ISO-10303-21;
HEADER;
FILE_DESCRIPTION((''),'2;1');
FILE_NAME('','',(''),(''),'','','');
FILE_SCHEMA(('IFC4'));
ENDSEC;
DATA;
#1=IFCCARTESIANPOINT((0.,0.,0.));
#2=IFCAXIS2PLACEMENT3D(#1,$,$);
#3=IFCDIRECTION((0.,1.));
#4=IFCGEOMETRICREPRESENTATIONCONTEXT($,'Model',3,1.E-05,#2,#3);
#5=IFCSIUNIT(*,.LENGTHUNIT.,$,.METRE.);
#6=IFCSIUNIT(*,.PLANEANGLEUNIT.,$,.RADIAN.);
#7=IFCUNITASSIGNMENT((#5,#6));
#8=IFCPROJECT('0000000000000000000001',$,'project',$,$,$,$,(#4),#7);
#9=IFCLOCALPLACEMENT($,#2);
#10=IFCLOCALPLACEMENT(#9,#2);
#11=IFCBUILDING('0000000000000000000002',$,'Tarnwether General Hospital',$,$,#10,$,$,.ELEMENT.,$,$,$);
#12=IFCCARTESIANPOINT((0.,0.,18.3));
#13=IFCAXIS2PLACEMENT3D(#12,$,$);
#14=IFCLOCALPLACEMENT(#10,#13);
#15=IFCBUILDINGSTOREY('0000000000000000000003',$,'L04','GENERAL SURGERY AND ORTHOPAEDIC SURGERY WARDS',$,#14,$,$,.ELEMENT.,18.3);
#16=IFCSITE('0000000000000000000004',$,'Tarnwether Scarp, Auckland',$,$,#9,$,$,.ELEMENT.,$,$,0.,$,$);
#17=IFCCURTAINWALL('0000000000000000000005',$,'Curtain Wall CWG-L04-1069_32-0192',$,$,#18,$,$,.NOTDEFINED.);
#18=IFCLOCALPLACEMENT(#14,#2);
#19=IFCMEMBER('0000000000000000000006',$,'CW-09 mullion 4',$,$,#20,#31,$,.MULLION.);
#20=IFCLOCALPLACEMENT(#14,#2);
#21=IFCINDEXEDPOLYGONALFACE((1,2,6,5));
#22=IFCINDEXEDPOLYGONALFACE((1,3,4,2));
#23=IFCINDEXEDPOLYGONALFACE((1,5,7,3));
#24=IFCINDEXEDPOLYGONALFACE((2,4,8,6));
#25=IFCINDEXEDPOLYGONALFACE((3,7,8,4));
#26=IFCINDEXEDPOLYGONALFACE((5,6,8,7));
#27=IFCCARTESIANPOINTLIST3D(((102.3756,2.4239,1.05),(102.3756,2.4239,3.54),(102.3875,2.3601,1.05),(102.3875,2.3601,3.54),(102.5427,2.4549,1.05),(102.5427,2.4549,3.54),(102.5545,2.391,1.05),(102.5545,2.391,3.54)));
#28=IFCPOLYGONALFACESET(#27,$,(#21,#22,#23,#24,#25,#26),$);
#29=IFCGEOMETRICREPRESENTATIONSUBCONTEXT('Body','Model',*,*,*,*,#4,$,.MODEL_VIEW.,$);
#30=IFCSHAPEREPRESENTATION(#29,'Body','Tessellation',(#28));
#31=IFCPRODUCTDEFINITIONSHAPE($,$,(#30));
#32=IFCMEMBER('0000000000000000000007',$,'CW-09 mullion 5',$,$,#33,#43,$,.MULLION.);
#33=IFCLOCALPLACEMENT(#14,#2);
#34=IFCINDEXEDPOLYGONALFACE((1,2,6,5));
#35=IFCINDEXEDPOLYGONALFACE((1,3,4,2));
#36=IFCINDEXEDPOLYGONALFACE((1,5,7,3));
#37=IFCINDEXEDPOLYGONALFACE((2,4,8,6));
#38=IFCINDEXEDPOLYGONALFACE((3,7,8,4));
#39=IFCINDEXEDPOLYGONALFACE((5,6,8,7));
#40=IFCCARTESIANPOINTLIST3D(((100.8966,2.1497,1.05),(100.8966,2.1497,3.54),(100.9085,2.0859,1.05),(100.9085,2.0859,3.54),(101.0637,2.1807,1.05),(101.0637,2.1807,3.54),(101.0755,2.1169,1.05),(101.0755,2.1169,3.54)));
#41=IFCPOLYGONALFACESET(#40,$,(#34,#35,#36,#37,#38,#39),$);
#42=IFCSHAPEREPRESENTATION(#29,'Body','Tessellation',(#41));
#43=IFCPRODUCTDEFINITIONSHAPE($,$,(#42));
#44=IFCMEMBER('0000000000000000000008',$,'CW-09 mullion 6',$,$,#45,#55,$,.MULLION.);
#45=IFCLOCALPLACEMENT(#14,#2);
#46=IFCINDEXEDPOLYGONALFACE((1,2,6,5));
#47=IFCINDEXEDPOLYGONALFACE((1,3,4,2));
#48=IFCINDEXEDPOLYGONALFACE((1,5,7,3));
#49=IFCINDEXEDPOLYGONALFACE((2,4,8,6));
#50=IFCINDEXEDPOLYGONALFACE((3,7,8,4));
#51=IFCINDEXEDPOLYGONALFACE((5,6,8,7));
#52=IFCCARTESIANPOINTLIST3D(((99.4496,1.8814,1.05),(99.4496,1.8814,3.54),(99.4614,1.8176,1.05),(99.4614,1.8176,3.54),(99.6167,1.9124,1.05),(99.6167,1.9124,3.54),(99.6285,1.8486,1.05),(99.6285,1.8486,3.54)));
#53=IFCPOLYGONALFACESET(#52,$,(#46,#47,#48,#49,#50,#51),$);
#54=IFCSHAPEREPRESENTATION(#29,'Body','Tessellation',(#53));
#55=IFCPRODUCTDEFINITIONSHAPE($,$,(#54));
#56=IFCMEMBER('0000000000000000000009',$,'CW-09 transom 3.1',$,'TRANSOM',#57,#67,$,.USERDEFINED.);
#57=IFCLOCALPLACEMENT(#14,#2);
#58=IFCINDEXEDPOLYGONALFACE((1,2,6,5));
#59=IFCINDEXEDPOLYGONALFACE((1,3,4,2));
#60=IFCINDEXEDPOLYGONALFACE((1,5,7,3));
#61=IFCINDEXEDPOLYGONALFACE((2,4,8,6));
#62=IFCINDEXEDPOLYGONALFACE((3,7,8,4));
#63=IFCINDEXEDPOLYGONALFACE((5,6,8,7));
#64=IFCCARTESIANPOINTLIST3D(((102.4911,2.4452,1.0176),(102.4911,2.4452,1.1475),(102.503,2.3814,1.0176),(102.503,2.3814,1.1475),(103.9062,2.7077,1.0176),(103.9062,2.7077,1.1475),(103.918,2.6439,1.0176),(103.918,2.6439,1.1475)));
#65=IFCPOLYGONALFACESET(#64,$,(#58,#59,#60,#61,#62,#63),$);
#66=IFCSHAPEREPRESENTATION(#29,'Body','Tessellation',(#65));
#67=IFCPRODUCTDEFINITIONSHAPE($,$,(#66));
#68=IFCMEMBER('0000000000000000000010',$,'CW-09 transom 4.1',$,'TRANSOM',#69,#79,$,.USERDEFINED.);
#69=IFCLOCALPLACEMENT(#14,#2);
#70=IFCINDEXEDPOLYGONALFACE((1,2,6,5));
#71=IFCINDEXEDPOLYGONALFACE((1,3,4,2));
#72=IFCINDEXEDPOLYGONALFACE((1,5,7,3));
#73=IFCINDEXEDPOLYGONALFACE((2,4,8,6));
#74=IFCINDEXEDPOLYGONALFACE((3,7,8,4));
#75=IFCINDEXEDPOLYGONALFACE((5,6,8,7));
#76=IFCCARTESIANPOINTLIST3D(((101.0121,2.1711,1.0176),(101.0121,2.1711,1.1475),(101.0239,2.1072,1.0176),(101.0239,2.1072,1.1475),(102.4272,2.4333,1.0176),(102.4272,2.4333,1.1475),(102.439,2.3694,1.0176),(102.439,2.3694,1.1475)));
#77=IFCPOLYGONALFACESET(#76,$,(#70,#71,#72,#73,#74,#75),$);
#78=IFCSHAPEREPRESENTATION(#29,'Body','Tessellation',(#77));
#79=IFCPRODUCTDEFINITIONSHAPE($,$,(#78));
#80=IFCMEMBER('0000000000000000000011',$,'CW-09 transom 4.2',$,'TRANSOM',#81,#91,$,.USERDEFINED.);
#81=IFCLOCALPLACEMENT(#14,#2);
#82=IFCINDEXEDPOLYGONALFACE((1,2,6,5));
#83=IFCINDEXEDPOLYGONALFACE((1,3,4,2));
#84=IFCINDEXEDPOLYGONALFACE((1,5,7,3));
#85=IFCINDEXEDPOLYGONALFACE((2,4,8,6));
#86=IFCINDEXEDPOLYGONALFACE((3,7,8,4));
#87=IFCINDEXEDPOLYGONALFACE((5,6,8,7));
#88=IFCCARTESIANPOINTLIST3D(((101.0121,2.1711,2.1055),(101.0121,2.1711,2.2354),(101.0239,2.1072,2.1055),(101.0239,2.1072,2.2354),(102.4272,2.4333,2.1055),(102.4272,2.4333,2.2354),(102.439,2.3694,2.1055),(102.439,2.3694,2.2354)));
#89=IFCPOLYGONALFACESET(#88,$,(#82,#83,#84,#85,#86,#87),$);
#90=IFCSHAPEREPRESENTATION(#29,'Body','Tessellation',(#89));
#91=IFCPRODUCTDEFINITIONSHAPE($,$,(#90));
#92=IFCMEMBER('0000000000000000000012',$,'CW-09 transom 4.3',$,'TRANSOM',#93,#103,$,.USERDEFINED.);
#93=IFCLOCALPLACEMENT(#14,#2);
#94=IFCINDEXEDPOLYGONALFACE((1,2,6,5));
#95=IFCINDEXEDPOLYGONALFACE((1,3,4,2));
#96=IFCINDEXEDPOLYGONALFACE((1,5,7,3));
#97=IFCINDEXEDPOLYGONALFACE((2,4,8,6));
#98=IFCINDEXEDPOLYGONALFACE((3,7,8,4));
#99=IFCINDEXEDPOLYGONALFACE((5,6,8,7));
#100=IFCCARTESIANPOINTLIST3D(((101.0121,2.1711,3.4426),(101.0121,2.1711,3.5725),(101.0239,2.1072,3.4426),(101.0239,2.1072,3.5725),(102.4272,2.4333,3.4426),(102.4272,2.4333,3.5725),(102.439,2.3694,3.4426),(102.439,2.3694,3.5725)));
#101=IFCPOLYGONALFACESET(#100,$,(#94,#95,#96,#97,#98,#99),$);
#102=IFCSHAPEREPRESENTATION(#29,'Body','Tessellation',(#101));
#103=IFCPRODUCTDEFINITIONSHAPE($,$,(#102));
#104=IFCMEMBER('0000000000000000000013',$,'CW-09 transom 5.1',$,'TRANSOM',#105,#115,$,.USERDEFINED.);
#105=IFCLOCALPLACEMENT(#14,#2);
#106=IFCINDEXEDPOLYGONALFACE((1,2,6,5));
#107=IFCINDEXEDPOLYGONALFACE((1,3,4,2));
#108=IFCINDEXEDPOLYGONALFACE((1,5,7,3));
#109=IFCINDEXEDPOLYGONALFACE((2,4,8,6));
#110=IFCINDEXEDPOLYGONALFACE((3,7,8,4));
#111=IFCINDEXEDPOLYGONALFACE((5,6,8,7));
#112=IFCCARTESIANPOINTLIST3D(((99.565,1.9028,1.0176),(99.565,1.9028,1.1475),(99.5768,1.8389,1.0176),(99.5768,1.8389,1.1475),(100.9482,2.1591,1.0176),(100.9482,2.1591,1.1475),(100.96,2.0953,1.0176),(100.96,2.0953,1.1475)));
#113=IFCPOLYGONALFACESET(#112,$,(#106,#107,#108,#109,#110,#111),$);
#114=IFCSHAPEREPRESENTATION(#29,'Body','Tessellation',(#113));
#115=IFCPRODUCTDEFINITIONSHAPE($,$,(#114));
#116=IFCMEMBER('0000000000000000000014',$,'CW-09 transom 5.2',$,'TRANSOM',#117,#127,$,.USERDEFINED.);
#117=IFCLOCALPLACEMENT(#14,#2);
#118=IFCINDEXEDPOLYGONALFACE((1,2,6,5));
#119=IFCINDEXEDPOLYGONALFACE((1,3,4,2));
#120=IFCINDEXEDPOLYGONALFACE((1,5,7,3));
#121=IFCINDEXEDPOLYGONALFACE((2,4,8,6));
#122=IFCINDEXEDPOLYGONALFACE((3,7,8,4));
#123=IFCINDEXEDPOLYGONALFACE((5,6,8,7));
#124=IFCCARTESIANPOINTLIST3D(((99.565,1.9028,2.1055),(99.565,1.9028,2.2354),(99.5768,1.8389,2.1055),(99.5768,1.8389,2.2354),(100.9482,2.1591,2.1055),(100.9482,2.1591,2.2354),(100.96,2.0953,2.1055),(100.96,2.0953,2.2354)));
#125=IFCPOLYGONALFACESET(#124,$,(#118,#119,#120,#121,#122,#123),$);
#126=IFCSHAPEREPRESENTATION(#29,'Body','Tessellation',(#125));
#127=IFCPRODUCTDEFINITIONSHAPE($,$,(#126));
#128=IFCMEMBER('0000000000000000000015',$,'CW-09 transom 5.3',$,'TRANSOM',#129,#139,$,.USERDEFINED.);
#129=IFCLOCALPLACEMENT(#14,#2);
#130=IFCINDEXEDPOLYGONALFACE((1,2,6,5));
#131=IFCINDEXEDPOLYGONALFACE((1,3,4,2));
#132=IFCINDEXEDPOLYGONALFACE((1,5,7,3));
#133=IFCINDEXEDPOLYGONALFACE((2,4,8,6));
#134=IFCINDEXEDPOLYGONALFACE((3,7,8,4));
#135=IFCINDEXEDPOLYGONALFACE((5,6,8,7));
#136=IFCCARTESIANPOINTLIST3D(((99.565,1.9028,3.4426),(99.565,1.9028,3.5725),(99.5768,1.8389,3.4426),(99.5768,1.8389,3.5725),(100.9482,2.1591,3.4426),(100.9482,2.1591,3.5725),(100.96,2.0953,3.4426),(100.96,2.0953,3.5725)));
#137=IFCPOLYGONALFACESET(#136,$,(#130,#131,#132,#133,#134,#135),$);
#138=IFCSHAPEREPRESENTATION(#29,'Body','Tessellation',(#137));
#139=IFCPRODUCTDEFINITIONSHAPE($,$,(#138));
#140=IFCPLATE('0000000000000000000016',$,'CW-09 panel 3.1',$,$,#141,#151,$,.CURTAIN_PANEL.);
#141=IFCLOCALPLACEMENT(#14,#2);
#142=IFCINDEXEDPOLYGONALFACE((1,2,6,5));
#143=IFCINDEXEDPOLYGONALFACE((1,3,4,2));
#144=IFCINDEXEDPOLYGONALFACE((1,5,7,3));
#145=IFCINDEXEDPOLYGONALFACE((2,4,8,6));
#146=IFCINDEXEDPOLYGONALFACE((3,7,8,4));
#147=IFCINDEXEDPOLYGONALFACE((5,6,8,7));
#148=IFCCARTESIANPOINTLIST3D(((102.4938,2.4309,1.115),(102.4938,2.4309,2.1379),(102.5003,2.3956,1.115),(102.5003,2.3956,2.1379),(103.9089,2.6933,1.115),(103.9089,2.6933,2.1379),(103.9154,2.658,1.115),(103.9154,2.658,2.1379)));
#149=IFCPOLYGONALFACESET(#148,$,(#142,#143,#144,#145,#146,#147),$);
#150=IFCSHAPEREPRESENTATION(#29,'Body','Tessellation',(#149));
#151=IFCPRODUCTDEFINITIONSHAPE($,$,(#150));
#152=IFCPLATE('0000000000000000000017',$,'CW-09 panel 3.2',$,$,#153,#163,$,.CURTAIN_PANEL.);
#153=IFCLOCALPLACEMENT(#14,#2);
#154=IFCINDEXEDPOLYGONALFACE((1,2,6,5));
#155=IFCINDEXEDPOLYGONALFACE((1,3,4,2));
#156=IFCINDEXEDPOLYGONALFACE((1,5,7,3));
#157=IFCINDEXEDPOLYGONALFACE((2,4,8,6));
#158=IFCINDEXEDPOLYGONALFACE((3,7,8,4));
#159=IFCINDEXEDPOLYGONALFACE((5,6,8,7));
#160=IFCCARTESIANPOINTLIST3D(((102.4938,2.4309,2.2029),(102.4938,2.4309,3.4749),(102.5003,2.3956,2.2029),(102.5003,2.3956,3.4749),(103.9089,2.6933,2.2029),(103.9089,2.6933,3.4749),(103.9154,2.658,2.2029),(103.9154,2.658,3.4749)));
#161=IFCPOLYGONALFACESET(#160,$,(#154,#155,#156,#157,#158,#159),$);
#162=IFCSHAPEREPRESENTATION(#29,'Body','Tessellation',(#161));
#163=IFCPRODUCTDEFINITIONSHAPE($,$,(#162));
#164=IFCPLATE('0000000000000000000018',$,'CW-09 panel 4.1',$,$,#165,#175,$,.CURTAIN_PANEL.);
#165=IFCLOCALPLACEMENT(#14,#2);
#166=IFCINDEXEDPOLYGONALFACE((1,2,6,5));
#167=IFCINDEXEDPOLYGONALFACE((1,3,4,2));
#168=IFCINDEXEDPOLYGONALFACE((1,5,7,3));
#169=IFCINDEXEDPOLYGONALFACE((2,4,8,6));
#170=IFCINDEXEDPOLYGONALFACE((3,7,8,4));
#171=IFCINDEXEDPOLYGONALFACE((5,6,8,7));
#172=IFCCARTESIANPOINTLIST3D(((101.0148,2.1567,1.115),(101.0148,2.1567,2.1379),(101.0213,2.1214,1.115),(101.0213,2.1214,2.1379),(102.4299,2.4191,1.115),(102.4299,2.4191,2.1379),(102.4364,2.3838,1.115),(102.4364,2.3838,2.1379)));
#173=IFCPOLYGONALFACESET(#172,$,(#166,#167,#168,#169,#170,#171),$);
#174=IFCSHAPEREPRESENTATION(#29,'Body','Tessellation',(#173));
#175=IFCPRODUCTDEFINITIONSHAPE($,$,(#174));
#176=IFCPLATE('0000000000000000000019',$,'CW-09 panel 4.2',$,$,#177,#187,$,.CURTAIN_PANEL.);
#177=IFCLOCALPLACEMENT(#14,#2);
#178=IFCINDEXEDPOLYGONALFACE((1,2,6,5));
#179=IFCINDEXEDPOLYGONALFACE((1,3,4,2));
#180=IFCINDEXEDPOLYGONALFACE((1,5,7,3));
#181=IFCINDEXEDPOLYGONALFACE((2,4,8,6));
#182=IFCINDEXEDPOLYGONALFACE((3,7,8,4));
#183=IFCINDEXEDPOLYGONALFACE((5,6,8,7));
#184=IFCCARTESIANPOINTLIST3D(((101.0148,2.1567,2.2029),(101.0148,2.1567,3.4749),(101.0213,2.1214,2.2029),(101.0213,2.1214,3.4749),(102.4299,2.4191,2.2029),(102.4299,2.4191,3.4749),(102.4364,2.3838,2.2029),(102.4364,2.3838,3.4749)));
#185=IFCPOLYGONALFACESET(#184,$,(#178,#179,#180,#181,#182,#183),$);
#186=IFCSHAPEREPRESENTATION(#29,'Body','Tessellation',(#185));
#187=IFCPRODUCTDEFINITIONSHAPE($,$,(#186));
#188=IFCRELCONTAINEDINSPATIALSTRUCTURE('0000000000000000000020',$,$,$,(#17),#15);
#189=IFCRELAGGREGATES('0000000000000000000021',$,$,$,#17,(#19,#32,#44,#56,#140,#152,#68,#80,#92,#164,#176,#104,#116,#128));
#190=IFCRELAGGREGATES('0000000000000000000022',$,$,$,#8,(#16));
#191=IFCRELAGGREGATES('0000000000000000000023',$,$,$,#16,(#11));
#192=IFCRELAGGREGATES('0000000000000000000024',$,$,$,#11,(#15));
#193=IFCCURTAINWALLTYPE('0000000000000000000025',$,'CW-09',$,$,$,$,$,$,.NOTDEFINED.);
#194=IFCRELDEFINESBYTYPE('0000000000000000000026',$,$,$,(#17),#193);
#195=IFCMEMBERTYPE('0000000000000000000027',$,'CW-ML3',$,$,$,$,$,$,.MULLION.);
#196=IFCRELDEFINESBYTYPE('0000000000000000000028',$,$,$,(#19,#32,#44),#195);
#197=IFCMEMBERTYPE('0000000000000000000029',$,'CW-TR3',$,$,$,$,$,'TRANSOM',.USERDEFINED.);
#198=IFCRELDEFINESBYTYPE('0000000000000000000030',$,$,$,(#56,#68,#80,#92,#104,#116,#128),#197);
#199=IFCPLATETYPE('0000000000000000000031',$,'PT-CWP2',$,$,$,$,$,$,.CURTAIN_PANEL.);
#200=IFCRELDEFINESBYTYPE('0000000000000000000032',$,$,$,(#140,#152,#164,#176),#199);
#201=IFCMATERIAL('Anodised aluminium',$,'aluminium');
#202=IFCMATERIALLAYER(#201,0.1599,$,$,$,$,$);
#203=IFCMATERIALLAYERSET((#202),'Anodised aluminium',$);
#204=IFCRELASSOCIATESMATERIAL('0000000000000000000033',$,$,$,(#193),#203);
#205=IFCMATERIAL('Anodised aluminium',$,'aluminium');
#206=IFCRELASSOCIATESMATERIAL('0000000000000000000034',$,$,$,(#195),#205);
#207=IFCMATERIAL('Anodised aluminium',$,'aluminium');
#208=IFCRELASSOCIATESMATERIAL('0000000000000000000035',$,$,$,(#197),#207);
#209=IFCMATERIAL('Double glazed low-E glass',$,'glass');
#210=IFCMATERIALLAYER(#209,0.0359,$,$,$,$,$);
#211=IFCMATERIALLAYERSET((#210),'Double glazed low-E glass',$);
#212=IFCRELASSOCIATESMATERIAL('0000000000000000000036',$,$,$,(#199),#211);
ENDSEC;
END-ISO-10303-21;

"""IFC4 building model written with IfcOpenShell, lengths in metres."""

from ifc_helpers import new_model, si_unit, direction, frame, origin, origin_2d, place, context, subcontext, project, spatial, rectangle, extrude, material, layer, layer_set, material_profile, profile_set, type_object, element, aggregate, save


model = new_model("IFC4")

# Units and contexts
model_context = context("Model", 3, precision=1e-05, world=origin(), true_north=direction((0.0, 1.0)))
body_context = subcontext(model_context, "Body", "Model", "MODEL_VIEW")
ifc_project = project(units=[si_unit("LENGTHUNIT", "METRE"), si_unit("PLANEANGLEUNIT", "RADIAN")], contexts=[model_context])

# Site, building, storey
site_placement = place(None, origin())
site = spatial("IfcSite", under=ifc_project, at=site_placement, Name="Tarnwether Scarp, Auckland", CompositionType="ELEMENT", RefElevation=0.0)
building_placement = place(site_placement, origin())
building = spatial("IfcBuilding", under=site, at=building_placement, Name="Tarnwether General Hospital", CompositionType="ELEMENT")
storey_placement = place(building_placement, frame((0.0, 0.0, 18.3)))
storey = spatial("IfcBuildingStorey", under=building, at=storey_placement, Name="L04", Description="GENERAL SURGERY AND ORTHOPAEDIC SURGERY WARDS", CompositionType="ELEMENT", Elevation=18.3)

# Curtain wall, members, plates
ifc_material_1 = material(Name="Anodised aluminium", Category="aluminium")
ifc_layer_1 = layer(ifc_material_1, 0.1599)
ifc_layer_set_1 = layer_set([ifc_layer_1], Name="Anodised aluminium")
curtain_wall_type = type_object("IfcCurtainWallType", Name="CW-09", PredefinedType="NOTDEFINED", material=ifc_layer_set_1)
curtain_wall_placement = place(storey_placement, origin())
curtain_wall = element("IfcCurtainWall", 1, at=curtain_wall_placement, inside=storey, type_object=curtain_wall_type, Name="Curtain Wall CWG-L04-1069_32-0192", PredefinedType="NOTDEFINED")
ifc_material_2 = material(Name="Anodised aluminium", Category="aluminium")
ifc_material_profile_1 = material_profile(ifc_material_2, rectangle(XDim=0.0649, YDim=0.1699, at=origin_2d()), Name="ALU-MUL-65x170")
ifc_profile_set_1 = profile_set([ifc_material_profile_1], Name="Anodised aluminium")
member_type_1 = type_object("IfcMemberType", Name="CW-ML3", PredefinedType="MULLION", material=ifc_profile_set_1)
member_1_placement = place(storey_placement, frame((102.4651, 2.4075, 1.05), z_axis=(0.0, 0.0, 1.0), x_axis=(0.182289, -0.983245, 0.0)))
member_1 = element("IfcMember", 2, at=member_1_placement, type_object=member_type_1, Name="CW-09 mullion 4", PredefinedType="MULLION", context=body_context, shape_type="SweptSolid", body=[
    extrude(rectangle(XDim=0.0649, YDim=0.1699, at=origin_2d()), origin(), (0.0, 0.0, 1.0), 2.49),
])
member_2_placement = place(storey_placement, frame((100.9861, 2.1333, 1.05), z_axis=(0.0, 0.0, 1.0), x_axis=(0.182289, -0.983245, 0.0)))
member_2 = element("IfcMember", 3, at=member_2_placement, type_object=member_type_1, Name="CW-09 mullion 5", PredefinedType="MULLION", context=body_context, shape_type="SweptSolid", body=[
    extrude(rectangle(XDim=0.0649, YDim=0.1699, at=origin_2d()), origin(), (0.0, 0.0, 1.0), 2.49),
])
member_3_placement = place(storey_placement, frame((99.5391, 1.865, 1.05), z_axis=(0.0, 0.0, 1.0), x_axis=(0.182289, -0.983245, 0.0)))
member_3 = element("IfcMember", 4, at=member_3_placement, type_object=member_type_1, Name="CW-09 mullion 6", PredefinedType="MULLION", context=body_context, shape_type="SweptSolid", body=[
    extrude(rectangle(XDim=0.0649, YDim=0.1699, at=origin_2d()), origin(), (0.0, 0.0, 1.0), 2.49),
])
ifc_material_3 = material(Name="Anodised aluminium", Category="aluminium")
ifc_material_profile_2 = material_profile(ifc_material_3, rectangle(XDim=0.0649, YDim=0.1299, at=origin_2d()), Name="ALU-TRN-65x130")
ifc_profile_set_2 = profile_set([ifc_material_profile_2], Name="Anodised aluminium")
member_type_2 = type_object("IfcMemberType", Name="CW-TR3", ElementType="TRANSOM", PredefinedType="USERDEFINED", material=ifc_profile_set_2)
member_4_placement = place(storey_placement, frame((103.9121, 2.6758, 1.0825), z_axis=(-0.983231, -0.182363, 0.0), x_axis=(0.182363, -0.983231, 0.0)))
member_4 = element("IfcMember", 5, at=member_4_placement, type_object=member_type_2, Name="CW-09 transom 3.1", ObjectType="TRANSOM", PredefinedType="USERDEFINED", context=body_context, shape_type="SweptSolid", body=[
    extrude(rectangle(XDim=0.0649, YDim=0.1299, at=origin_2d()), origin(), (0.0, 0.0, 1.0), 1.4392),
])
member_5_placement = place(storey_placement, frame((102.4331, 2.4014, 1.0825), z_axis=(-0.983262, -0.182199, 0.0), x_axis=(0.182199, -0.983262, 0.0)))
member_5 = element("IfcMember", 6, at=member_5_placement, type_object=member_type_2, Name="CW-09 transom 4.1", ObjectType="TRANSOM", PredefinedType="USERDEFINED", context=body_context, shape_type="SweptSolid", body=[
    extrude(rectangle(XDim=0.0649, YDim=0.1299, at=origin_2d()), origin(), (0.0, 0.0, 1.0), 1.4392),
])
member_6_placement = place(storey_placement, frame((102.4331, 2.4014, 2.1704), z_axis=(-0.983262, -0.182199, 0.0), x_axis=(0.182199, -0.983262, 0.0)))
member_6 = element("IfcMember", 7, at=member_6_placement, type_object=member_type_2, Name="CW-09 transom 4.2", ObjectType="TRANSOM", PredefinedType="USERDEFINED", context=body_context, shape_type="SweptSolid", body=[
    extrude(rectangle(XDim=0.0649, YDim=0.1299, at=origin_2d()), origin(), (0.0, 0.0, 1.0), 1.4392),
])
member_7_placement = place(storey_placement, frame((102.4331, 2.4014, 3.5076), z_axis=(-0.983262, -0.182199, 0.0), x_axis=(0.182199, -0.983262, 0.0)))
member_7 = element("IfcMember", 8, at=member_7_placement, type_object=member_type_2, Name="CW-09 transom 4.3", ObjectType="TRANSOM", PredefinedType="USERDEFINED", context=body_context, shape_type="SweptSolid", body=[
    extrude(rectangle(XDim=0.0649, YDim=0.1299, at=origin_2d()), origin(), (0.0, 0.0, 1.0), 1.4392),
])
member_8_placement = place(storey_placement, frame((100.9541, 2.1272, 1.0825), z_axis=(-0.983259, -0.182214, 0.0), x_axis=(0.182214, -0.983259, 0.0)))
member_8 = element("IfcMember", 9, at=member_8_placement, type_object=member_type_2, Name="CW-09 transom 5.1", ObjectType="TRANSOM", PredefinedType="USERDEFINED", context=body_context, shape_type="SweptSolid", body=[
    extrude(rectangle(XDim=0.0649, YDim=0.1299, at=origin_2d()), origin(), (0.0, 0.0, 1.0), 1.4067),
])
member_9_placement = place(storey_placement, frame((100.9541, 2.1272, 2.1704), z_axis=(-0.983259, -0.182214, 0.0), x_axis=(0.182214, -0.983259, 0.0)))
member_9 = element("IfcMember", 10, at=member_9_placement, type_object=member_type_2, Name="CW-09 transom 5.2", ObjectType="TRANSOM", PredefinedType="USERDEFINED", context=body_context, shape_type="SweptSolid", body=[
    extrude(rectangle(XDim=0.0649, YDim=0.1299, at=origin_2d()), origin(), (0.0, 0.0, 1.0), 1.4067),
])
member_10_placement = place(storey_placement, frame((100.9541, 2.1272, 3.5076), z_axis=(-0.983259, -0.182214, 0.0), x_axis=(0.182214, -0.983259, 0.0)))
member_10 = element("IfcMember", 11, at=member_10_placement, type_object=member_type_2, Name="CW-09 transom 5.3", ObjectType="TRANSOM", PredefinedType="USERDEFINED", context=body_context, shape_type="SweptSolid", body=[
    extrude(rectangle(XDim=0.0649, YDim=0.1299, at=origin_2d()), origin(), (0.0, 0.0, 1.0), 1.4067),
])
ifc_material_4 = material(Name="Double glazed low-E glass", Category="glass")
ifc_layer_2 = layer(ifc_material_4, 0.0359)
ifc_layer_set_2 = layer_set([ifc_layer_2], Name="Double glazed low-E glass")
plate_type = type_object("IfcPlateType", Name="PT-CWP2", PredefinedType="CURTAIN_PANEL", material=ifc_layer_set_2)
plate_1_placement = place(storey_placement, frame((103.2046, 2.5444, 1.115), z_axis=(0.0, 0.0, 1.0), x_axis=(-0.983245, -0.182289, 0.0)))
plate_1 = element("IfcPlate", 12, at=plate_1_placement, type_object=plate_type, Name="CW-09 panel 3.1", PredefinedType="CURTAIN_PANEL", context=body_context, shape_type="SweptSolid", body=[
    extrude(rectangle(XDim=1.4392, YDim=0.0359, at=origin_2d()), origin(), (0.0, 0.0, 1.0), 1.0229),
])
plate_2_placement = place(storey_placement, frame((103.2046, 2.5444, 2.2029), z_axis=(0.0, 0.0, 1.0), x_axis=(-0.983245, -0.182289, 0.0)))
plate_2 = element("IfcPlate", 13, at=plate_2_placement, type_object=plate_type, Name="CW-09 panel 3.2", PredefinedType="CURTAIN_PANEL", context=body_context, shape_type="SweptSolid", body=[
    extrude(rectangle(XDim=1.4392, YDim=0.0359, at=origin_2d()), origin(), (0.0, 0.0, 1.0), 1.272),
])
plate_3_placement = place(storey_placement, frame((101.7256, 2.2703, 1.115), z_axis=(0.0, 0.0, 1.0), x_axis=(-0.983245, -0.182289, 0.0)))
plate_3 = element("IfcPlate", 14, at=plate_3_placement, type_object=plate_type, Name="CW-09 panel 4.1", PredefinedType="CURTAIN_PANEL", context=body_context, shape_type="SweptSolid", body=[
    extrude(rectangle(XDim=1.4392, YDim=0.0359, at=origin_2d()), origin(), (0.0, 0.0, 1.0), 1.0229),
])
plate_4_placement = place(storey_placement, frame((101.7256, 2.2703, 2.2029), z_axis=(0.0, 0.0, 1.0), x_axis=(-0.983245, -0.182289, 0.0)))
plate_4 = element("IfcPlate", 15, at=plate_4_placement, type_object=plate_type, Name="CW-09 panel 4.2", PredefinedType="CURTAIN_PANEL", context=body_context, shape_type="SweptSolid", body=[
    extrude(rectangle(XDim=1.4392, YDim=0.0359, at=origin_2d()), origin(), (0.0, 0.0, 1.0), 1.272),
])
aggregate(curtain_wall, [member_1, member_2, member_3, member_4, plate_1, plate_2, member_5, member_6, member_7, plate_3, plate_4, member_8, member_9, member_10])

save(model, "model.ifc")
